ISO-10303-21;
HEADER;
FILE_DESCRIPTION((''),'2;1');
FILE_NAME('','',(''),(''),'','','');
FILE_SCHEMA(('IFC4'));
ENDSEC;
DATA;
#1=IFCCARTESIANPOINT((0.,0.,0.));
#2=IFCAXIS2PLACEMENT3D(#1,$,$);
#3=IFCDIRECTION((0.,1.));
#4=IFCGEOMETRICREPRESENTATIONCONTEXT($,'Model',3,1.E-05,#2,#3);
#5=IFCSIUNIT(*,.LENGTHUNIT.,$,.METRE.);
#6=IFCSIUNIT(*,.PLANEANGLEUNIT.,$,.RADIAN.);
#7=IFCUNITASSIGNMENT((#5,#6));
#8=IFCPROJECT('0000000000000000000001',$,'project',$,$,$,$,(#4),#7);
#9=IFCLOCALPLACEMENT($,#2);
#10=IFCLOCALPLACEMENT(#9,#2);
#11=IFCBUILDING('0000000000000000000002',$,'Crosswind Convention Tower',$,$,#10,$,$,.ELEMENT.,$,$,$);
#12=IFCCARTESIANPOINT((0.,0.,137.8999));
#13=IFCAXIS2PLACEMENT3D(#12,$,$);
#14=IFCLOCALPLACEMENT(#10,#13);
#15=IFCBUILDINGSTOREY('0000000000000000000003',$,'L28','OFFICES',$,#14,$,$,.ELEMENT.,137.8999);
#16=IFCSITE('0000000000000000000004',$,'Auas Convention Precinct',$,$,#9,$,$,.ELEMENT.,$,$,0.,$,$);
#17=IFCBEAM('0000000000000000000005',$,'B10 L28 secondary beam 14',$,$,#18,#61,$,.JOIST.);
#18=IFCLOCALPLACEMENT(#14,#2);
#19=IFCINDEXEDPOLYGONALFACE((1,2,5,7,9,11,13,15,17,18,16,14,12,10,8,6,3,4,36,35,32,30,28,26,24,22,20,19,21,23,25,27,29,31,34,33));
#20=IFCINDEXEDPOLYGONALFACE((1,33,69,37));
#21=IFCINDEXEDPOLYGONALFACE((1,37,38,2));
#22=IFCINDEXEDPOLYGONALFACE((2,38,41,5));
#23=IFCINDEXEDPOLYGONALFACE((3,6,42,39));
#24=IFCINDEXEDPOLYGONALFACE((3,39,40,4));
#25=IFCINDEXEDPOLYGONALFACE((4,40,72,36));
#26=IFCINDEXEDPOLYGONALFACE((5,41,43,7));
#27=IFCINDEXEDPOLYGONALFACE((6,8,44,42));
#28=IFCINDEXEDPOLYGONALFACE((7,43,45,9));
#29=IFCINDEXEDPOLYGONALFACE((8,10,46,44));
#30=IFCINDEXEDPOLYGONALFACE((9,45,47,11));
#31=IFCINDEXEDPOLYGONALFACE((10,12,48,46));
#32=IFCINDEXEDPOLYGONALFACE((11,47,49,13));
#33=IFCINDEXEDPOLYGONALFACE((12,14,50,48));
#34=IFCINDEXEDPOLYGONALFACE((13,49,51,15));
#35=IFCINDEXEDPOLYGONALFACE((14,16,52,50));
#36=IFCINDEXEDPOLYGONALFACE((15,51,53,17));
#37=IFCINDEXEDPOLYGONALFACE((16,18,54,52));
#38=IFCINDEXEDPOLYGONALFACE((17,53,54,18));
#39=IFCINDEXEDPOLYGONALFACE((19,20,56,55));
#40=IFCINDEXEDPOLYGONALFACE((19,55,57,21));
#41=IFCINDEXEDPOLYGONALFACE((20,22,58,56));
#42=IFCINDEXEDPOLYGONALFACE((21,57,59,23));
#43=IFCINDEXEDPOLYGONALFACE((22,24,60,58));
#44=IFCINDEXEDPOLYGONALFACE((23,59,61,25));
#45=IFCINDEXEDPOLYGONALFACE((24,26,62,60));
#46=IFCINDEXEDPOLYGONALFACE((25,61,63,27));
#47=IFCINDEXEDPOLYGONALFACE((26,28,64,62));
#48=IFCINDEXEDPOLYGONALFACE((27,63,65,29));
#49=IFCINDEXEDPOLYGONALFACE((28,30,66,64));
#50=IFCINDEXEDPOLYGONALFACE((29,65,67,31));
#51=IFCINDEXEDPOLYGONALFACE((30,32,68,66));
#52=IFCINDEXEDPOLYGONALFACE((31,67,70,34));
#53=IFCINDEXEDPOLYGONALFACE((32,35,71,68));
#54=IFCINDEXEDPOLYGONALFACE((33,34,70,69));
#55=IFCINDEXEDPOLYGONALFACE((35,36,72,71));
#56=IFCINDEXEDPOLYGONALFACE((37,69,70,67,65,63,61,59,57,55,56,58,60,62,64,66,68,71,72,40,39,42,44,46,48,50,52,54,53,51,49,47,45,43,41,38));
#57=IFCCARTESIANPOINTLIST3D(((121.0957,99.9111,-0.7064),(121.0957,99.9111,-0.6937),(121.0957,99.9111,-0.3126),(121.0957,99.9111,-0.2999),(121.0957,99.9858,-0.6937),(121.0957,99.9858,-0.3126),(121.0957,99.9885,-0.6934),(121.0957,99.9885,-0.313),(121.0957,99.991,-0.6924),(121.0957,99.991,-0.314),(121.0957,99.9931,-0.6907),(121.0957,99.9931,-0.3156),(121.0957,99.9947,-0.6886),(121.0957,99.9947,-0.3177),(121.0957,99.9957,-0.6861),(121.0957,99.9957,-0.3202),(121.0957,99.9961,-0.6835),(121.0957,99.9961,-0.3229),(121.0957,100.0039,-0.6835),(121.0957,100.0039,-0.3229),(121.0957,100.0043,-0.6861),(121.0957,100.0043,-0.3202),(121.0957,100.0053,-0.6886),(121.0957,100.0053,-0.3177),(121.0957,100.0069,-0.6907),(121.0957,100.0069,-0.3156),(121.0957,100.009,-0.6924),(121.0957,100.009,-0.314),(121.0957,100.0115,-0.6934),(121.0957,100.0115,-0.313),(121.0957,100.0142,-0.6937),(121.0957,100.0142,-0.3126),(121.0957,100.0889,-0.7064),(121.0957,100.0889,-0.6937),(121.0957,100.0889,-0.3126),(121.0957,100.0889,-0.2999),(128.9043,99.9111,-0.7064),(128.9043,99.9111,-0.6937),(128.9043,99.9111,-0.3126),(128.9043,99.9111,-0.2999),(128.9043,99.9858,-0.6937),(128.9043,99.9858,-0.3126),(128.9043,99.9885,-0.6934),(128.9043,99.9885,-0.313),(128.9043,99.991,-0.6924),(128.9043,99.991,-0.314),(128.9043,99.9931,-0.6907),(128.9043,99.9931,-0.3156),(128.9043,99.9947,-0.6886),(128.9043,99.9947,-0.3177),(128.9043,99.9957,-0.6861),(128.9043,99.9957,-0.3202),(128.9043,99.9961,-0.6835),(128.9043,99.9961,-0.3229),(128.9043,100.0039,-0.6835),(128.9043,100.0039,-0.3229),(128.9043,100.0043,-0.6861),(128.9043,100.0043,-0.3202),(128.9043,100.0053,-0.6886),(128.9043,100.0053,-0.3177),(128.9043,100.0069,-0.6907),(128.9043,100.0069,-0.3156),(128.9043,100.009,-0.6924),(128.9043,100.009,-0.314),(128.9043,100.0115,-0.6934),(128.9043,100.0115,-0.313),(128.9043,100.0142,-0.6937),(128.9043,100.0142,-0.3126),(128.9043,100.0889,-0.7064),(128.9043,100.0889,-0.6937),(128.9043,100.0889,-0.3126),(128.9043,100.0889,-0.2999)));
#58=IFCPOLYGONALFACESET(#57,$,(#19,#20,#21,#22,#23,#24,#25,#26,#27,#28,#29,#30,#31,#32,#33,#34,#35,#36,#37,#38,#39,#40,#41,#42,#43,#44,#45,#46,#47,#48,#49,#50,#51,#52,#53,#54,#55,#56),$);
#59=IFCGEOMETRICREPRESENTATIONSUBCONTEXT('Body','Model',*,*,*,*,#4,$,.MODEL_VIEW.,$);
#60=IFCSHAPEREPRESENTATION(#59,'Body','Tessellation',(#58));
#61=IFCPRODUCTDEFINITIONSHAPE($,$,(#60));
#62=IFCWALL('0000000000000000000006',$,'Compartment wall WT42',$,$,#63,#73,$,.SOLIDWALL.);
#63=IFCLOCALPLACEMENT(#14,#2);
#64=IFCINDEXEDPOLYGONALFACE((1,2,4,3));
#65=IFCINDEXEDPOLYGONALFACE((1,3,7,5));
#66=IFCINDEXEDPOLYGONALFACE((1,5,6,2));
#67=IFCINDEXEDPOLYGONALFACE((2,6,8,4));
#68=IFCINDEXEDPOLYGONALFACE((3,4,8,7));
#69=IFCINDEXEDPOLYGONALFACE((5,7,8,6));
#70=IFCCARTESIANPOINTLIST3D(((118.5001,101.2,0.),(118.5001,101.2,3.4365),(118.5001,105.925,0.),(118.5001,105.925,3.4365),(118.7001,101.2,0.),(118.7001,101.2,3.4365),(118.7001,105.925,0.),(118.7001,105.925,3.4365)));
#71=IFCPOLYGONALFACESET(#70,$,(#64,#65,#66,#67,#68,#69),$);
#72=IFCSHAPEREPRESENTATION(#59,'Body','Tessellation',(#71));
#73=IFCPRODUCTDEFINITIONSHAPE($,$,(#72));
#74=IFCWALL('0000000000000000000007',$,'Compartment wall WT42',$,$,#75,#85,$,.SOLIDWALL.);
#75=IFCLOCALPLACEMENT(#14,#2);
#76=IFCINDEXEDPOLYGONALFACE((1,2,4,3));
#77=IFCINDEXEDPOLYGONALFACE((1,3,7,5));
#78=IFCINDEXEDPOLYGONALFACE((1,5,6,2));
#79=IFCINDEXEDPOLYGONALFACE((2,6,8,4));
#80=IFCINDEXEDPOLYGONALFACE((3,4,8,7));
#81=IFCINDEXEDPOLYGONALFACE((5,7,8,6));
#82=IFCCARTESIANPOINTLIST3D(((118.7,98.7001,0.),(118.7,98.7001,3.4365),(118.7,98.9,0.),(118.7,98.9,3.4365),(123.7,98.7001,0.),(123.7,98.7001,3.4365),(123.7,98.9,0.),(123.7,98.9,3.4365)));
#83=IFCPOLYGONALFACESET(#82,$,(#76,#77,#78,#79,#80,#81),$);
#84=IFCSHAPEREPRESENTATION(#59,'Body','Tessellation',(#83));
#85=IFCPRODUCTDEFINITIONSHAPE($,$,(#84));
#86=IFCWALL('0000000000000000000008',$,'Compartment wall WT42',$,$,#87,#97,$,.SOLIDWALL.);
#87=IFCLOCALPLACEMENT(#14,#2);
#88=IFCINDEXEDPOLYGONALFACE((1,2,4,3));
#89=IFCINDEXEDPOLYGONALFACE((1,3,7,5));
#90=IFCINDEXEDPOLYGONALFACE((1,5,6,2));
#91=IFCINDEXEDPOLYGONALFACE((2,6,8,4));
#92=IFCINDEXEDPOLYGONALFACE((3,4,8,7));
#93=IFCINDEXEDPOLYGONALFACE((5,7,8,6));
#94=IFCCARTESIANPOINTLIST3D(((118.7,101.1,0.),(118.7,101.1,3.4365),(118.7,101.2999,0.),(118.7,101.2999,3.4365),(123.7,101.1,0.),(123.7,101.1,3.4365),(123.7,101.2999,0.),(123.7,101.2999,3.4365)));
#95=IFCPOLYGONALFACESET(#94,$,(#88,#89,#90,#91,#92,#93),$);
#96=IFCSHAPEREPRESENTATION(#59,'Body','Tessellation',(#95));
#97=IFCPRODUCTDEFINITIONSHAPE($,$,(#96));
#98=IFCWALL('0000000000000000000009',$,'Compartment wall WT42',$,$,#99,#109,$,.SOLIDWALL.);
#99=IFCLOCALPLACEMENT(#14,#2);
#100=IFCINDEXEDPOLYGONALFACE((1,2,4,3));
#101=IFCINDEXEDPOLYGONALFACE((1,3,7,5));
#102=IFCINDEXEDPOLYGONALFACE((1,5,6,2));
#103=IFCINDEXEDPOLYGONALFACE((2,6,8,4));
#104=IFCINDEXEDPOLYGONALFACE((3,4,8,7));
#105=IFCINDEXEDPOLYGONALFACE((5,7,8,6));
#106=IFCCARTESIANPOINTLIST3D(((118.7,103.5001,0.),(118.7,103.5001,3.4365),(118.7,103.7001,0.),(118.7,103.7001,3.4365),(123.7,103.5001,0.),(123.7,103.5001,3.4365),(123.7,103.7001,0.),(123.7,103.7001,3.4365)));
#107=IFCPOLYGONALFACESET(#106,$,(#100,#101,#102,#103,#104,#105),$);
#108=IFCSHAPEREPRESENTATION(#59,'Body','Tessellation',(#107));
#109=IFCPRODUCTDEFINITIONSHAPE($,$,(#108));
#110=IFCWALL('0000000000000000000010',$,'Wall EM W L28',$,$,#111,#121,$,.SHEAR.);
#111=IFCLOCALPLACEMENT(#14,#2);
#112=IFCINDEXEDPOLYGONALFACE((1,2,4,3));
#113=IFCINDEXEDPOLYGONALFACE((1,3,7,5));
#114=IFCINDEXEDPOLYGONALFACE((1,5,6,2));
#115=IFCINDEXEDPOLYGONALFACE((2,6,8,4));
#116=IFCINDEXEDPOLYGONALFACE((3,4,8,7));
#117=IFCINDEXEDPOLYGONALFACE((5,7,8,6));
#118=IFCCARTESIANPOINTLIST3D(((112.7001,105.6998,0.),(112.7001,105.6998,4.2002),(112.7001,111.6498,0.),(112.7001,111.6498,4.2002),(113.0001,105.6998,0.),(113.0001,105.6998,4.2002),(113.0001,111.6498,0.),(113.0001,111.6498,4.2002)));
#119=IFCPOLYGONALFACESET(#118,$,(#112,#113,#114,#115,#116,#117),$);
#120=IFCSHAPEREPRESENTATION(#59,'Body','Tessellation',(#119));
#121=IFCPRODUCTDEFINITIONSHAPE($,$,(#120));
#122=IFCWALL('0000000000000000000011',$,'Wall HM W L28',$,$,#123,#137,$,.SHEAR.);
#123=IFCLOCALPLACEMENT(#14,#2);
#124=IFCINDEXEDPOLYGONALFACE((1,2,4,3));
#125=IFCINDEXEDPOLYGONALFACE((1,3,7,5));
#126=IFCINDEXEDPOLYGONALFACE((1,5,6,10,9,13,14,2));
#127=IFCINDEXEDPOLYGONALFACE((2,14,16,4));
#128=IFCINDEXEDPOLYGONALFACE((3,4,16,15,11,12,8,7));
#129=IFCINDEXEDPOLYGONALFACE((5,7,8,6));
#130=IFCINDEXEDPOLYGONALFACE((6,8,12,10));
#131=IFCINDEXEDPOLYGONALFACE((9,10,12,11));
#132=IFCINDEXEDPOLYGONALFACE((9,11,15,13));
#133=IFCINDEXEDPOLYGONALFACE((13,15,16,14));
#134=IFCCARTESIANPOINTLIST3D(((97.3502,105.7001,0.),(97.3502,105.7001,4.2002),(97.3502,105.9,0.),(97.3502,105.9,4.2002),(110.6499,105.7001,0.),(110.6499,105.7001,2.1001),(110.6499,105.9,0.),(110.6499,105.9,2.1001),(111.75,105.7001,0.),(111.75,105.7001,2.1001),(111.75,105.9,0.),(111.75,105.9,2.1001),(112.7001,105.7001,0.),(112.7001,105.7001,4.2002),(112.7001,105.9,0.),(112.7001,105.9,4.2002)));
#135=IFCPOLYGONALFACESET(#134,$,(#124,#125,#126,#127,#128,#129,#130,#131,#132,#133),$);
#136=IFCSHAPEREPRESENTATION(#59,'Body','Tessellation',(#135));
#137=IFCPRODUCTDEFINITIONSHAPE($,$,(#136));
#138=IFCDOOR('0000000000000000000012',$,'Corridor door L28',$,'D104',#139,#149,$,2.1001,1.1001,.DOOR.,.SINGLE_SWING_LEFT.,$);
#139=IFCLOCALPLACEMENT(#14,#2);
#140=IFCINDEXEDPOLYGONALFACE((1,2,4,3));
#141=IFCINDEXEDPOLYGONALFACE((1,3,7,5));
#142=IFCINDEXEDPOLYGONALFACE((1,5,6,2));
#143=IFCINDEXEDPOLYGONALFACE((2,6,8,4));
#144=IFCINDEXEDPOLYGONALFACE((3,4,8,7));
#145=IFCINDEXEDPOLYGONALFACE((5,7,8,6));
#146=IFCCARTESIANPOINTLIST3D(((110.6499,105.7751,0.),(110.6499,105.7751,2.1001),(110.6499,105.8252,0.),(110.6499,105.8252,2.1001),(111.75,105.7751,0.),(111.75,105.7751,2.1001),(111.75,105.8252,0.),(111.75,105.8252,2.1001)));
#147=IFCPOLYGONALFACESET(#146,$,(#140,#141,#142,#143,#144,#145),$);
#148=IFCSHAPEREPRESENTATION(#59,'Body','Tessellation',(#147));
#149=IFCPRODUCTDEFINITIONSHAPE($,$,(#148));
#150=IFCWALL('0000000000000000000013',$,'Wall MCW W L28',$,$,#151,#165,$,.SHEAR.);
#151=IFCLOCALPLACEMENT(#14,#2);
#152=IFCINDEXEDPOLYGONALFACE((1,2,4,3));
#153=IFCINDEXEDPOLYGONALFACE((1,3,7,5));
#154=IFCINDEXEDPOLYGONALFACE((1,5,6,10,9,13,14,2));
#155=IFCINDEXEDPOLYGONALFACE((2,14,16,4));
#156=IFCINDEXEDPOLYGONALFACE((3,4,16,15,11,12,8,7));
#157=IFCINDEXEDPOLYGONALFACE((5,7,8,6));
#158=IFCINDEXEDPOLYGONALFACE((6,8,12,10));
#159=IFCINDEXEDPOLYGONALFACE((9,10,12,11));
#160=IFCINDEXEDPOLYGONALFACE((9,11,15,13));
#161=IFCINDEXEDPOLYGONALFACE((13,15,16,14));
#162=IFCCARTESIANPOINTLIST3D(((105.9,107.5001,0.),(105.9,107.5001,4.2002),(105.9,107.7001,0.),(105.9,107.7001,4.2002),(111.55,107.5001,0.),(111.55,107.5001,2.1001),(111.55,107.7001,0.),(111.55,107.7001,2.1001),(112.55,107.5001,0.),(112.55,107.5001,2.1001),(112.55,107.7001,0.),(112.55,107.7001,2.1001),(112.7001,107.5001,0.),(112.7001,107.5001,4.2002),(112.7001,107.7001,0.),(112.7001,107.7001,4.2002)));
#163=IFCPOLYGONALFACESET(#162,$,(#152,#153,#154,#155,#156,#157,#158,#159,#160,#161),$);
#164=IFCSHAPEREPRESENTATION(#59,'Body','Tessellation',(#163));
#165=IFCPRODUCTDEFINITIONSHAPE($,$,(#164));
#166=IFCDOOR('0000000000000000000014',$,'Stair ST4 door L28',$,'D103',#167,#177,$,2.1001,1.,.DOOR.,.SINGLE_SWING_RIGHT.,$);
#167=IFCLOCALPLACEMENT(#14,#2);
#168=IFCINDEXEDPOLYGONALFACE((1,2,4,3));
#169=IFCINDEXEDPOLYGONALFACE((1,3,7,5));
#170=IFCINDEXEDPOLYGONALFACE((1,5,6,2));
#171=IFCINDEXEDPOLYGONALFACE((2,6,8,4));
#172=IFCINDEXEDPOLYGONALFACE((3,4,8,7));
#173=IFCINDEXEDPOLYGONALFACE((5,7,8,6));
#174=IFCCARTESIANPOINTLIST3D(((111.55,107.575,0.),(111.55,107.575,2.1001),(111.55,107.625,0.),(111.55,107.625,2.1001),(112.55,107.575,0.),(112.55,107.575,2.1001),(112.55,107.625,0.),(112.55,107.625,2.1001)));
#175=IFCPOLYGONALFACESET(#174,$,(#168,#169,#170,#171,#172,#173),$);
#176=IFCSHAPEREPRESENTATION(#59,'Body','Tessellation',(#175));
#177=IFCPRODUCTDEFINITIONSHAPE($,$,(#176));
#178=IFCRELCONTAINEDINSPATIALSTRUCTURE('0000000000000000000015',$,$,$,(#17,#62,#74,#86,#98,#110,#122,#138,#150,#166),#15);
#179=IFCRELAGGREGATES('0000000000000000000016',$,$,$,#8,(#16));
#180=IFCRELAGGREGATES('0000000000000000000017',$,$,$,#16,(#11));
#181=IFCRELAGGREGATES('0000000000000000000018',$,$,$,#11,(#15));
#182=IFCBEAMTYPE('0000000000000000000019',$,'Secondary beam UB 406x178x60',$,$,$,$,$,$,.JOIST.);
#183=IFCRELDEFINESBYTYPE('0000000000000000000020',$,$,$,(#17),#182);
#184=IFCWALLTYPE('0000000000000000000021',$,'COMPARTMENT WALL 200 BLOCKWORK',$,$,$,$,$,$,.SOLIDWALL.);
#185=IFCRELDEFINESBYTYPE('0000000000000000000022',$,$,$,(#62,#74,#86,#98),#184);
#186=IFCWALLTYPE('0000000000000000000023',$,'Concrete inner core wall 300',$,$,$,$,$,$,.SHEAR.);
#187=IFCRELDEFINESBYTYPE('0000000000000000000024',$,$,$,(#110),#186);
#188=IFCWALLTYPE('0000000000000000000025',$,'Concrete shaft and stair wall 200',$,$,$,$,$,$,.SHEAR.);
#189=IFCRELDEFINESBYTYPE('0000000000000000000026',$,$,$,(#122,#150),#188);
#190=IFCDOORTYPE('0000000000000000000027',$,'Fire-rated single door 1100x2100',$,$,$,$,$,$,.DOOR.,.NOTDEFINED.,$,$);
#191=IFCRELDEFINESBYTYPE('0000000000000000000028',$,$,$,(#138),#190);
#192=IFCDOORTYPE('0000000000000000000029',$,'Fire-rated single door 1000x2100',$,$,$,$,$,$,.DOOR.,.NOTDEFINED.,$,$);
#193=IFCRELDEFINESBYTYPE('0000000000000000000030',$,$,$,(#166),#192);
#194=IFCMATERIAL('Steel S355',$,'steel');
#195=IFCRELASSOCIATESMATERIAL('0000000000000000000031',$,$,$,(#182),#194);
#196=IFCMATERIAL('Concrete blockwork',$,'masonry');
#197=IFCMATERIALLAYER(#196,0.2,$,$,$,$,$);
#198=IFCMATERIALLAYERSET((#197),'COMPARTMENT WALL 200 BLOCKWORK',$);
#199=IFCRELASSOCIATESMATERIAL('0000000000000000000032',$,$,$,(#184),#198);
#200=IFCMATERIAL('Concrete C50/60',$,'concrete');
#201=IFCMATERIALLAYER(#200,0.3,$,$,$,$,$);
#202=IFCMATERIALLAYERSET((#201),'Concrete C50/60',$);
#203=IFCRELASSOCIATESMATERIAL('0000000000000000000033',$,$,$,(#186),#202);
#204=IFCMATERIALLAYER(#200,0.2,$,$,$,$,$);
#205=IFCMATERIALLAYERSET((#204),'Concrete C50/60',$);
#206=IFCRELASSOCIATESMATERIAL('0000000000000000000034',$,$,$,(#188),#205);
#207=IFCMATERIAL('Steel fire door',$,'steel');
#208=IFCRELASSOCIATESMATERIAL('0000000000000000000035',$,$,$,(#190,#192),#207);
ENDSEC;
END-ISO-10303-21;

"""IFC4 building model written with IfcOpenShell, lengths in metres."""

from ifc_helpers import new_model, si_unit, direction, frame, frame_2d, origin, origin_2d, place, context, subcontext, project, spatial, rectangle, i_section, extrude, material, layer, layer_set, material_profile, profile_set, type_object, element, fill, save


model = new_model("IFC4")

# Units and contexts
model_context = context("Model", 3, precision=1e-05, world=origin(), true_north=direction((0.0, 1.0)))
body_context = subcontext(model_context, "Body", "Model", "MODEL_VIEW")
ifc_project = project(units=[si_unit("LENGTHUNIT", "METRE"), si_unit("PLANEANGLEUNIT", "RADIAN")], contexts=[model_context])

# Site, building, storey
site_placement = place(None, origin())
site = spatial("IfcSite", under=ifc_project, at=site_placement, Name="Auas Convention Precinct", CompositionType="ELEMENT", RefElevation=0.0)
building_placement = place(site_placement, origin())
building = spatial("IfcBuilding", under=site, at=building_placement, Name="Crosswind Convention Tower", CompositionType="ELEMENT")
storey_placement = place(building_placement, frame((0.0, 0.0, 137.8999)))
storey = spatial("IfcBuildingStorey", under=building, at=storey_placement, Name="L28", Description="OFFICES", CompositionType="ELEMENT", Elevation=137.8999)

# Shared definitions
ifc_material_1 = material(Name="Steel S355", Category="steel")

# Beam
ifc_material_profile_1 = material_profile(ifc_material_1, i_section(OverallWidth=0.1777, OverallDepth=0.4065, WebThickness=0.0078, FlangeThickness=0.0127, FilletRadius=0.0103, at=origin_2d()), Name="UB 406x178x60")
ifc_profile_set_1 = profile_set([ifc_material_profile_1], Name="Steel S355")
beam_type_1 = type_object("IfcBeamType", Name="Secondary beam UB 406x178x60", PredefinedType="JOIST", material=ifc_profile_set_1)
beam_1_placement = place(storey_placement, frame((121.0957, 100.0, -0.5032), z_axis=(1.0, 0.0, 0.0), x_axis=(0.0, 1.0, 0.0)))
element("IfcBeam", 1, at=beam_1_placement, inside=storey, type_object=beam_type_1, Name="B10 L28 secondary beam 14", PredefinedType="JOIST", context=body_context, shape_type="SweptSolid", body=[
    extrude(i_section(OverallWidth=0.1777, OverallDepth=0.4065, WebThickness=0.0078, FlangeThickness=0.0127, FilletRadius=0.0103, at=origin_2d()), origin(), (0.0, 0.0, 1.0), 7.8086),
])

# Walls
ifc_material_2 = material(Name="Concrete blockwork", Category="masonry")
ifc_layer_1 = layer(ifc_material_2, 0.2)
ifc_layer_set_1 = layer_set([ifc_layer_1], Name="COMPARTMENT WALL 200 BLOCKWORK")
wall_type_1 = type_object("IfcWallType", Name="COMPARTMENT WALL 200 BLOCKWORK", PredefinedType="SOLIDWALL", material=ifc_layer_set_1)
wall_1_placement = place(storey_placement, frame((118.6001, 101.2, 0.0), z_axis=(0.0, 0.0, 1.0), x_axis=(0.0, 1.0, 0.0)))
element("IfcWall", 2, at=wall_1_placement, inside=storey, type_object=wall_type_1, Name="Compartment wall WT42", PredefinedType="SOLIDWALL", context=body_context, shape_type="SweptSolid", body=[
    extrude(rectangle(XDim=4.7251, YDim=0.2, at=frame_2d((2.3625, 0.0))), origin(), (0.0, 0.0, 1.0), 3.4365),
])
for number, where, z_axis, x_axis, name in (
    (3, (118.7, 98.8, 0.0), (0.0, 0.0, 1.0), (1.0, 0.0, 0.0), "Compartment wall WT42"),
    (4, (118.7, 101.2, 0.0), (0.0, 0.0, 1.0), (1.0, 0.0, 0.0), "Compartment wall WT42"),
    (5, (118.7, 103.6001, 0.0), (0.0, 0.0, 1.0), (1.0, 0.0, 0.0), "Compartment wall WT42"),
):
    element("IfcWall", number, at=place(storey_placement, frame(where, z_axis=z_axis, x_axis=x_axis)), inside=storey, type_object=wall_type_1, Name=name, PredefinedType="SOLIDWALL", context=body_context, shape_type="SweptSolid", body=[
        extrude(rectangle(XDim=5.0, YDim=0.2, at=frame_2d((2.5, 0.0))), origin(), (0.0, 0.0, 1.0), 3.4365),
    ])

# Shared definitions
ifc_material_3 = material(Name="Concrete C50/60", Category="concrete")
ifc_layer_2 = layer(ifc_material_3, 0.3)
ifc_layer_set_2 = layer_set([ifc_layer_2], Name="Concrete C50/60")
wall_type_2 = type_object("IfcWallType", Name="Concrete inner core wall 300", PredefinedType="SHEAR", material=ifc_layer_set_2)

# Wall
wall_2_placement = place(storey_placement, frame((112.8501, 111.6499, 0.0), z_axis=(0.0, 0.0, 1.0), x_axis=(0.0, -1.0, 0.0)))
element("IfcWall", 6, at=wall_2_placement, inside=storey, type_object=wall_type_2, Name="Wall EM W L28", PredefinedType="SHEAR", context=body_context, shape_type="SweptSolid", body=[
    extrude(rectangle(XDim=5.95, YDim=0.3, at=frame_2d((2.9751, 0.0))), origin(), (0.0, 0.0, 1.0), 4.2002),
])

# Walls, openings, doors
ifc_layer_3 = layer(ifc_material_3, 0.2)
ifc_layer_set_3 = layer_set([ifc_layer_3], Name="Concrete C50/60")
wall_type_3 = type_object("IfcWallType", Name="Concrete shaft and stair wall 200", PredefinedType="SHEAR", material=ifc_layer_set_3)
wall_3_placement = place(storey_placement, frame((112.7, 105.8, 0.0), z_axis=(0.0, 0.0, 1.0), x_axis=(-1.0, 0.0, 0.0)))
wall_3 = element("IfcWall", 7, at=wall_3_placement, inside=storey, type_object=wall_type_3, Name="Wall HM W L28", PredefinedType="SHEAR", context=body_context, shape_type="SweptSolid", body=[
    extrude(rectangle(XDim=15.3499, YDim=0.2, at=frame_2d((7.6748, 0.0))), origin(), (0.0, 0.0, 1.0), 4.2002),
])
opening_1_placement = place(wall_3_placement, frame((0.95, 0.0, 0.0)))
opening_1 = element("IfcOpeningElement", 8, at=opening_1_placement, cuts=wall_3, PredefinedType="OPENING", context=body_context, shape_type="SweptSolid", body=[
    extrude(rectangle(XDim=1.1001, YDim=2.1001, at=frame_2d((0.55, 1.05))), frame((0.0, 0.1099, 0.0), z_axis=(0.0, -1.0, 0.0), x_axis=(1.0, 0.0, 0.0)), (0.0, 0.0, 1.0), 0.22),
])
ifc_material_4 = material(Name="Steel fire door", Category="steel")
door_type_1 = type_object("IfcDoorType", Name="Fire-rated single door 1100x2100", OperationType="NOTDEFINED", PredefinedType="DOOR", material=ifc_material_4)
door_1_placement = place(opening_1_placement, origin())
door_1 = element("IfcDoor", 9, at=door_1_placement, inside=storey, type_object=door_type_1, Name="Corridor door L28", ObjectType="D104", OperationType="SINGLE_SWING_LEFT", OverallHeight=2.1001, OverallWidth=1.1001, PredefinedType="DOOR", context=body_context, shape_type="SweptSolid", body=[
    extrude(rectangle(XDim=1.1001, YDim=2.1001, at=frame_2d((0.55, 1.05))), frame((0.0, 0.0249, 0.0), z_axis=(0.0, -1.0, 0.0), x_axis=(1.0, 0.0, 0.0)), (0.0, 0.0, 1.0), 0.05),
])
fill(opening_1, door_1)
wall_4_placement = place(storey_placement, frame((112.7, 107.6001, 0.0), z_axis=(0.0, 0.0, 1.0), x_axis=(-1.0, 0.0, 0.0)))
wall_4 = element("IfcWall", 10, at=wall_4_placement, inside=storey, type_object=wall_type_3, Name="Wall MCW W L28", PredefinedType="SHEAR", context=body_context, shape_type="SweptSolid", body=[
    extrude(rectangle(XDim=6.8, YDim=0.2, at=frame_2d((3.3999, 0.0))), origin(), (0.0, 0.0, 1.0), 4.2002),
])
opening_2_placement = place(wall_4_placement, frame((0.1499, 0.0, 0.0)))
opening_2 = element("IfcOpeningElement", 11, at=opening_2_placement, cuts=wall_4, PredefinedType="OPENING", context=body_context, shape_type="SweptSolid", body=[
    extrude(rectangle(XDim=1.0, YDim=2.1001, at=frame_2d((0.5, 1.05))), frame((0.0, 0.1099, 0.0), z_axis=(0.0, -1.0, 0.0), x_axis=(1.0, 0.0, 0.0)), (0.0, 0.0, 1.0), 0.22),
])
door_type_2 = type_object("IfcDoorType", Name="Fire-rated single door 1000x2100", OperationType="NOTDEFINED", PredefinedType="DOOR", material=ifc_material_4)
door_2_placement = place(opening_2_placement, frame((1.0, 0.0, 0.0), z_axis=(0.0, 0.0, 1.0), x_axis=(-1.0, 0.0, 0.0)))
door_2 = element("IfcDoor", 12, at=door_2_placement, inside=storey, type_object=door_type_2, Name="Stair ST4 door L28", ObjectType="D103", OperationType="SINGLE_SWING_RIGHT", OverallHeight=2.1001, OverallWidth=1.0, PredefinedType="DOOR", context=body_context, shape_type="SweptSolid", body=[
    extrude(rectangle(XDim=1.0, YDim=2.1001, at=frame_2d((0.5, 1.05))), frame((0.0, 0.0249, 0.0), z_axis=(0.0, -1.0, 0.0), x_axis=(1.0, 0.0, 0.0)), (0.0, 0.0, 1.0), 0.05),
])
fill(opening_2, door_2)

save(model, "model.ifc")
